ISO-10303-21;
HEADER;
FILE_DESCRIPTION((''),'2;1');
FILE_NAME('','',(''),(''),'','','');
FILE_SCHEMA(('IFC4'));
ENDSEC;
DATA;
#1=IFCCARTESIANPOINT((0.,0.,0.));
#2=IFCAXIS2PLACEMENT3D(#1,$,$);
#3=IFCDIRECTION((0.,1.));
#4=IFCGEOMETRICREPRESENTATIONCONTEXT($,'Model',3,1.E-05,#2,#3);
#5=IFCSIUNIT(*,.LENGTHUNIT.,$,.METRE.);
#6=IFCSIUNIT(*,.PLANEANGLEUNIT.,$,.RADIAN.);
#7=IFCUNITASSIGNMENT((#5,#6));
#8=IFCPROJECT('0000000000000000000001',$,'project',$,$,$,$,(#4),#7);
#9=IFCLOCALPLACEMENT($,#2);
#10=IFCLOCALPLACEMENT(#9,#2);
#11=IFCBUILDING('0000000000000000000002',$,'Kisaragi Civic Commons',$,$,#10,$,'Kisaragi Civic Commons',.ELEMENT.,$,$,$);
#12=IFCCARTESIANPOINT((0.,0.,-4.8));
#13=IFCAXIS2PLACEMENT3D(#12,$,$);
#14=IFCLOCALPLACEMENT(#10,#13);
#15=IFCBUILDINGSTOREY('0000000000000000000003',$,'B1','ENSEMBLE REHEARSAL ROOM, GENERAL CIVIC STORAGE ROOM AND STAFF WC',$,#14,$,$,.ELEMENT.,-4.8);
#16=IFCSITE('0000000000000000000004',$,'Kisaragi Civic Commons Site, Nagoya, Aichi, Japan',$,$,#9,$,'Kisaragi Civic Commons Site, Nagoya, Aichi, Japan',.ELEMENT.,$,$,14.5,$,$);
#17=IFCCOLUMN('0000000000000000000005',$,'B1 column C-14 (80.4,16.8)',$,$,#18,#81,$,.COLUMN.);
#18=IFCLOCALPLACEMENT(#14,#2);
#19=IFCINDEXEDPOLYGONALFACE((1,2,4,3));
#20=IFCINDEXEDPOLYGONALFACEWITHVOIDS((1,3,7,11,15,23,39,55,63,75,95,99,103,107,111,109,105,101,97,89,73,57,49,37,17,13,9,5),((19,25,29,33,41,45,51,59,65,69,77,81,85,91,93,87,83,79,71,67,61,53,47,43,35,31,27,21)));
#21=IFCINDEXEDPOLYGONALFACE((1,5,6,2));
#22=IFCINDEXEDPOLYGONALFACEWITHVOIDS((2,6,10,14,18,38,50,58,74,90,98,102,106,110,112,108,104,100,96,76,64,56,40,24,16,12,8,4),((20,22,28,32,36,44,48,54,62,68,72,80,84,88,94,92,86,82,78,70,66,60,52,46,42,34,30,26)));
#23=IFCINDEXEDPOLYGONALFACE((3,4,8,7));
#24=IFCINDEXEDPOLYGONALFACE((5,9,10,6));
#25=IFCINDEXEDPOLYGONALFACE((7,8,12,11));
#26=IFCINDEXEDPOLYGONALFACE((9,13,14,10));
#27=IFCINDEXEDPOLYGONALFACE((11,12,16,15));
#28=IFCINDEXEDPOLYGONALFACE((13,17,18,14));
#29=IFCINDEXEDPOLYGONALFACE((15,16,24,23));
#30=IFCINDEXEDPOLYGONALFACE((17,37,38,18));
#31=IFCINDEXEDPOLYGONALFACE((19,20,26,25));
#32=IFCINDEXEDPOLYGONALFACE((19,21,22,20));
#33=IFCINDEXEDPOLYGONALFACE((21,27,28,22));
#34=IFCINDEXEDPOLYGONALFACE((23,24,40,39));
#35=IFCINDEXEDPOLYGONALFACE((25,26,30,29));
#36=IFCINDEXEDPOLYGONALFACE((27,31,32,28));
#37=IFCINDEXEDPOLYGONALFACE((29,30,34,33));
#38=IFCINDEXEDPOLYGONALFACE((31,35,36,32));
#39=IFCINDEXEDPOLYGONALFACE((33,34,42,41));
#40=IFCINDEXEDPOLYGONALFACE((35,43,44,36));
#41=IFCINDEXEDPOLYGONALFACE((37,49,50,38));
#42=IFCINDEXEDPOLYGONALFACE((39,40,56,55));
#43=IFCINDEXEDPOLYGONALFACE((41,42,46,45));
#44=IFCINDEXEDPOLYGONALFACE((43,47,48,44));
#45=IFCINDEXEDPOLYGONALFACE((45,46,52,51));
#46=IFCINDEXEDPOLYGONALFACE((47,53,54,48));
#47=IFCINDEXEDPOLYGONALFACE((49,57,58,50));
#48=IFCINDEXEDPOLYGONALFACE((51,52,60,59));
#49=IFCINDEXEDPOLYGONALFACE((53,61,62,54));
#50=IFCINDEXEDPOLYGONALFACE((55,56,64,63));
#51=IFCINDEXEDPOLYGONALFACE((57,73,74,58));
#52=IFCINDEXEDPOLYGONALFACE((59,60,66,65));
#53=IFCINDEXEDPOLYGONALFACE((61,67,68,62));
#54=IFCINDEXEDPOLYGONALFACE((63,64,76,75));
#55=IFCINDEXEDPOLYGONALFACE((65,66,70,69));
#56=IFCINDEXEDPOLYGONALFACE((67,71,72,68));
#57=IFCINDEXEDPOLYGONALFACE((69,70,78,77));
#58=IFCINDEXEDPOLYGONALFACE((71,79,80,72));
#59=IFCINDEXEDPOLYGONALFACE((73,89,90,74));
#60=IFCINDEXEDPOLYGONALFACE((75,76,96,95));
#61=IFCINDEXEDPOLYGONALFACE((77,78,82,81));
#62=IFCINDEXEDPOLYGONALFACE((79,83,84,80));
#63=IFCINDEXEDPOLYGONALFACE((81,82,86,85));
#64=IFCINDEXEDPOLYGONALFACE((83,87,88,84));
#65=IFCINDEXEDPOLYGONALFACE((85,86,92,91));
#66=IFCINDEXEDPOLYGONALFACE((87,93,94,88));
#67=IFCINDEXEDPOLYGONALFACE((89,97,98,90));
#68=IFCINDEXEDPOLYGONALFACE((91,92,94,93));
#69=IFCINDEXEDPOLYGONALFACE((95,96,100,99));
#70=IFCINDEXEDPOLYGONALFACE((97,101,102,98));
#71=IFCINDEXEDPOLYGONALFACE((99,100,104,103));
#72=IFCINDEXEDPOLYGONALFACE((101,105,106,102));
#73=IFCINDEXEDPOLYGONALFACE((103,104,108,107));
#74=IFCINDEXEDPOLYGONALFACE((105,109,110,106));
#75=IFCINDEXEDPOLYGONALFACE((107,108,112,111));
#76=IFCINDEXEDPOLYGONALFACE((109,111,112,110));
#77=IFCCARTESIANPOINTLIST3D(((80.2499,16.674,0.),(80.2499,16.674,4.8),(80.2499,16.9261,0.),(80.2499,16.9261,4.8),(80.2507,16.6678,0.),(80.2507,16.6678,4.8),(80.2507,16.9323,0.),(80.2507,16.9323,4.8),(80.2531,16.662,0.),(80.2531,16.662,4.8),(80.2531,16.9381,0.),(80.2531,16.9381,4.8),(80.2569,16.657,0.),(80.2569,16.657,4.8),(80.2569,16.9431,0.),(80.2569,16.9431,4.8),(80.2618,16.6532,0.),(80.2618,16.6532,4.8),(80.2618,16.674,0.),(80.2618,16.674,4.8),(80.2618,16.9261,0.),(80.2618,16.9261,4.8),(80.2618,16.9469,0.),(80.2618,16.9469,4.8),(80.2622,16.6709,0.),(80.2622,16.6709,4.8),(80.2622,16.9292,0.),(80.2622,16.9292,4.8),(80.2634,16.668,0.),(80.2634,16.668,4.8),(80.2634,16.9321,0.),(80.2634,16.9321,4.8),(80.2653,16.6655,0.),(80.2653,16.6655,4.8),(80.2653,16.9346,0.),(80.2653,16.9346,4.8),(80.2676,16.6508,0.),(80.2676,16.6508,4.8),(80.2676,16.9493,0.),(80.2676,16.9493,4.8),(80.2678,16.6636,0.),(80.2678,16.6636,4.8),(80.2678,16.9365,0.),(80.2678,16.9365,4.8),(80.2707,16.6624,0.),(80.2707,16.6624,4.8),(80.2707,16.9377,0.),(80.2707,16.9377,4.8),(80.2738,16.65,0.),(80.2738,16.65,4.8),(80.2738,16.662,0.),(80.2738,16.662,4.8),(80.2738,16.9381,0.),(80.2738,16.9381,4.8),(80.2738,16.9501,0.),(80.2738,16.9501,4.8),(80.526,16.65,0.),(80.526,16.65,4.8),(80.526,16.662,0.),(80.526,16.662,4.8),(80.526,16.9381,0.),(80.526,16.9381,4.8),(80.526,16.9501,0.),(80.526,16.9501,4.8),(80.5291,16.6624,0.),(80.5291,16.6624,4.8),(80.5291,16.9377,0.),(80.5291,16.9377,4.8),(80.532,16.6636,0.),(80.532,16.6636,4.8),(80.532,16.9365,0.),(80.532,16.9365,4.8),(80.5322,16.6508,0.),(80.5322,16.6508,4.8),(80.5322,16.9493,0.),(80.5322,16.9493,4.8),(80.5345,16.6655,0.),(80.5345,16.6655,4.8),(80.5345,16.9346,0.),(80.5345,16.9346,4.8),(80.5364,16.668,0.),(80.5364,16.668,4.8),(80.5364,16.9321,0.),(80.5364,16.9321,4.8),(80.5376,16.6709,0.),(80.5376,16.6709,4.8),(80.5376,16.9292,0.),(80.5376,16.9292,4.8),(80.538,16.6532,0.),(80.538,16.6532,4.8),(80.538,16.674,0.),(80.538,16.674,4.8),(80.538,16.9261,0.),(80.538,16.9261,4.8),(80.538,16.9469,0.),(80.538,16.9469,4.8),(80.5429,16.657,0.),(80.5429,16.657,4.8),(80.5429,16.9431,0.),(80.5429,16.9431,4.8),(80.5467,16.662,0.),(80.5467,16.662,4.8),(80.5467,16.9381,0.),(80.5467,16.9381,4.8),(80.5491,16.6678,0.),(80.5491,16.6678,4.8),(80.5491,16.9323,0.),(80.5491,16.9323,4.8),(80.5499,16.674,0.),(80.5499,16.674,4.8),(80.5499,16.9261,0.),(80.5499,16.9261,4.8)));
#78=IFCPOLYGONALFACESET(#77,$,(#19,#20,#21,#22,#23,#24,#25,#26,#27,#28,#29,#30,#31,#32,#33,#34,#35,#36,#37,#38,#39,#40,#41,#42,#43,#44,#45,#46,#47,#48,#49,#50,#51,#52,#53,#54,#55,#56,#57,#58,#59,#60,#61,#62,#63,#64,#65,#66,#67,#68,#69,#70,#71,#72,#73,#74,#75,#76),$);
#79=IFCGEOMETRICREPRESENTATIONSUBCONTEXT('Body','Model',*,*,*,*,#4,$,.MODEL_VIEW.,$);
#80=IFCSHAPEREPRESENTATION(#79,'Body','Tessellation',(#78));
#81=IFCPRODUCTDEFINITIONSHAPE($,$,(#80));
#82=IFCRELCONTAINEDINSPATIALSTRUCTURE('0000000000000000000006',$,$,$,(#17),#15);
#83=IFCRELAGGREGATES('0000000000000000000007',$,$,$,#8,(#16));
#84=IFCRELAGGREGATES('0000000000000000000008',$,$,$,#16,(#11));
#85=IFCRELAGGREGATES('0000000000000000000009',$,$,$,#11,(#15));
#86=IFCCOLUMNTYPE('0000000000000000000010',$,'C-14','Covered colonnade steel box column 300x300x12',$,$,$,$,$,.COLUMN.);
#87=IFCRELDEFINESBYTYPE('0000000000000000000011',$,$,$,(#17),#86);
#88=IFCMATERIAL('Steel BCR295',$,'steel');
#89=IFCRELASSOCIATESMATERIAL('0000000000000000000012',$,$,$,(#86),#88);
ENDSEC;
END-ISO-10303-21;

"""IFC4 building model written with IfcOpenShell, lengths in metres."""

from ifc_helpers import new_model, si_unit, direction, frame, origin, origin_2d, place, context, subcontext, project, spatial, hollow_rectangle, extrude, material, material_profile, profile_set, type_object, element, save


model = new_model("IFC4")

# Units and contexts
model_context = context("Model", 3, precision=1e-05, world=origin(), true_north=direction((0.0, 1.0)))
body_context = subcontext(model_context, "Body", "Model", "MODEL_VIEW")
ifc_project = project(units=[si_unit("LENGTHUNIT", "METRE"), si_unit("PLANEANGLEUNIT", "RADIAN")], contexts=[model_context])

# Site, building, storey
site_placement = place(None, origin())
site = spatial("IfcSite", under=ifc_project, at=site_placement, Name="Kisaragi Civic Commons Site, Nagoya, Aichi, Japan", LongName="Kisaragi Civic Commons Site, Nagoya, Aichi, Japan", CompositionType="ELEMENT", RefElevation=14.5)
building_placement = place(site_placement, origin())
building = spatial("IfcBuilding", under=site, at=building_placement, Name="Kisaragi Civic Commons", LongName="Kisaragi Civic Commons", CompositionType="ELEMENT")
storey_placement = place(building_placement, frame((0.0, 0.0, -4.8)))
storey = spatial("IfcBuildingStorey", under=building, at=storey_placement, Name="B1", Description="ENSEMBLE REHEARSAL ROOM, GENERAL CIVIC STORAGE ROOM AND STAFF WC", CompositionType="ELEMENT", Elevation=-4.8)

# Column
ifc_material_1 = material(Name="Steel BCR295", Category="steel")
ifc_material_profile_1 = material_profile(ifc_material_1, hollow_rectangle(XDim=0.3, YDim=0.3, WallThickness=0.012, InnerFilletRadius=0.012, OuterFilletRadius=0.0239, at=origin_2d()), Name="BCR-300x300x12", Category="steel")
ifc_profile_set_1 = profile_set([ifc_material_profile_1], Name="Steel BCR295")
column_type_1 = type_object("IfcColumnType", Name="C-14", Description="Covered colonnade steel box column 300x300x12", PredefinedType="COLUMN", material=ifc_profile_set_1)
for number, where, z_axis, x_axis, name in (
    (1, (80.3999, 16.8, 0.0), (0.0, 0.0, 1.0), (1.0, 0.0, 0.0), "B1 column C-14 (80.4,16.8)"),
):
    element("IfcColumn", number, at=place(storey_placement, frame(where, z_axis=z_axis, x_axis=x_axis)), inside=storey, type_object=column_type_1, Name=name, PredefinedType="COLUMN", context=body_context, shape_type="SweptSolid", body=[
        extrude(hollow_rectangle(XDim=0.3, YDim=0.3, WallThickness=0.012, InnerFilletRadius=0.012, OuterFilletRadius=0.0239, at=origin_2d()), origin(), (0.0, 0.0, 1.0), 4.8),
    ])

save(model, "model.ifc")
